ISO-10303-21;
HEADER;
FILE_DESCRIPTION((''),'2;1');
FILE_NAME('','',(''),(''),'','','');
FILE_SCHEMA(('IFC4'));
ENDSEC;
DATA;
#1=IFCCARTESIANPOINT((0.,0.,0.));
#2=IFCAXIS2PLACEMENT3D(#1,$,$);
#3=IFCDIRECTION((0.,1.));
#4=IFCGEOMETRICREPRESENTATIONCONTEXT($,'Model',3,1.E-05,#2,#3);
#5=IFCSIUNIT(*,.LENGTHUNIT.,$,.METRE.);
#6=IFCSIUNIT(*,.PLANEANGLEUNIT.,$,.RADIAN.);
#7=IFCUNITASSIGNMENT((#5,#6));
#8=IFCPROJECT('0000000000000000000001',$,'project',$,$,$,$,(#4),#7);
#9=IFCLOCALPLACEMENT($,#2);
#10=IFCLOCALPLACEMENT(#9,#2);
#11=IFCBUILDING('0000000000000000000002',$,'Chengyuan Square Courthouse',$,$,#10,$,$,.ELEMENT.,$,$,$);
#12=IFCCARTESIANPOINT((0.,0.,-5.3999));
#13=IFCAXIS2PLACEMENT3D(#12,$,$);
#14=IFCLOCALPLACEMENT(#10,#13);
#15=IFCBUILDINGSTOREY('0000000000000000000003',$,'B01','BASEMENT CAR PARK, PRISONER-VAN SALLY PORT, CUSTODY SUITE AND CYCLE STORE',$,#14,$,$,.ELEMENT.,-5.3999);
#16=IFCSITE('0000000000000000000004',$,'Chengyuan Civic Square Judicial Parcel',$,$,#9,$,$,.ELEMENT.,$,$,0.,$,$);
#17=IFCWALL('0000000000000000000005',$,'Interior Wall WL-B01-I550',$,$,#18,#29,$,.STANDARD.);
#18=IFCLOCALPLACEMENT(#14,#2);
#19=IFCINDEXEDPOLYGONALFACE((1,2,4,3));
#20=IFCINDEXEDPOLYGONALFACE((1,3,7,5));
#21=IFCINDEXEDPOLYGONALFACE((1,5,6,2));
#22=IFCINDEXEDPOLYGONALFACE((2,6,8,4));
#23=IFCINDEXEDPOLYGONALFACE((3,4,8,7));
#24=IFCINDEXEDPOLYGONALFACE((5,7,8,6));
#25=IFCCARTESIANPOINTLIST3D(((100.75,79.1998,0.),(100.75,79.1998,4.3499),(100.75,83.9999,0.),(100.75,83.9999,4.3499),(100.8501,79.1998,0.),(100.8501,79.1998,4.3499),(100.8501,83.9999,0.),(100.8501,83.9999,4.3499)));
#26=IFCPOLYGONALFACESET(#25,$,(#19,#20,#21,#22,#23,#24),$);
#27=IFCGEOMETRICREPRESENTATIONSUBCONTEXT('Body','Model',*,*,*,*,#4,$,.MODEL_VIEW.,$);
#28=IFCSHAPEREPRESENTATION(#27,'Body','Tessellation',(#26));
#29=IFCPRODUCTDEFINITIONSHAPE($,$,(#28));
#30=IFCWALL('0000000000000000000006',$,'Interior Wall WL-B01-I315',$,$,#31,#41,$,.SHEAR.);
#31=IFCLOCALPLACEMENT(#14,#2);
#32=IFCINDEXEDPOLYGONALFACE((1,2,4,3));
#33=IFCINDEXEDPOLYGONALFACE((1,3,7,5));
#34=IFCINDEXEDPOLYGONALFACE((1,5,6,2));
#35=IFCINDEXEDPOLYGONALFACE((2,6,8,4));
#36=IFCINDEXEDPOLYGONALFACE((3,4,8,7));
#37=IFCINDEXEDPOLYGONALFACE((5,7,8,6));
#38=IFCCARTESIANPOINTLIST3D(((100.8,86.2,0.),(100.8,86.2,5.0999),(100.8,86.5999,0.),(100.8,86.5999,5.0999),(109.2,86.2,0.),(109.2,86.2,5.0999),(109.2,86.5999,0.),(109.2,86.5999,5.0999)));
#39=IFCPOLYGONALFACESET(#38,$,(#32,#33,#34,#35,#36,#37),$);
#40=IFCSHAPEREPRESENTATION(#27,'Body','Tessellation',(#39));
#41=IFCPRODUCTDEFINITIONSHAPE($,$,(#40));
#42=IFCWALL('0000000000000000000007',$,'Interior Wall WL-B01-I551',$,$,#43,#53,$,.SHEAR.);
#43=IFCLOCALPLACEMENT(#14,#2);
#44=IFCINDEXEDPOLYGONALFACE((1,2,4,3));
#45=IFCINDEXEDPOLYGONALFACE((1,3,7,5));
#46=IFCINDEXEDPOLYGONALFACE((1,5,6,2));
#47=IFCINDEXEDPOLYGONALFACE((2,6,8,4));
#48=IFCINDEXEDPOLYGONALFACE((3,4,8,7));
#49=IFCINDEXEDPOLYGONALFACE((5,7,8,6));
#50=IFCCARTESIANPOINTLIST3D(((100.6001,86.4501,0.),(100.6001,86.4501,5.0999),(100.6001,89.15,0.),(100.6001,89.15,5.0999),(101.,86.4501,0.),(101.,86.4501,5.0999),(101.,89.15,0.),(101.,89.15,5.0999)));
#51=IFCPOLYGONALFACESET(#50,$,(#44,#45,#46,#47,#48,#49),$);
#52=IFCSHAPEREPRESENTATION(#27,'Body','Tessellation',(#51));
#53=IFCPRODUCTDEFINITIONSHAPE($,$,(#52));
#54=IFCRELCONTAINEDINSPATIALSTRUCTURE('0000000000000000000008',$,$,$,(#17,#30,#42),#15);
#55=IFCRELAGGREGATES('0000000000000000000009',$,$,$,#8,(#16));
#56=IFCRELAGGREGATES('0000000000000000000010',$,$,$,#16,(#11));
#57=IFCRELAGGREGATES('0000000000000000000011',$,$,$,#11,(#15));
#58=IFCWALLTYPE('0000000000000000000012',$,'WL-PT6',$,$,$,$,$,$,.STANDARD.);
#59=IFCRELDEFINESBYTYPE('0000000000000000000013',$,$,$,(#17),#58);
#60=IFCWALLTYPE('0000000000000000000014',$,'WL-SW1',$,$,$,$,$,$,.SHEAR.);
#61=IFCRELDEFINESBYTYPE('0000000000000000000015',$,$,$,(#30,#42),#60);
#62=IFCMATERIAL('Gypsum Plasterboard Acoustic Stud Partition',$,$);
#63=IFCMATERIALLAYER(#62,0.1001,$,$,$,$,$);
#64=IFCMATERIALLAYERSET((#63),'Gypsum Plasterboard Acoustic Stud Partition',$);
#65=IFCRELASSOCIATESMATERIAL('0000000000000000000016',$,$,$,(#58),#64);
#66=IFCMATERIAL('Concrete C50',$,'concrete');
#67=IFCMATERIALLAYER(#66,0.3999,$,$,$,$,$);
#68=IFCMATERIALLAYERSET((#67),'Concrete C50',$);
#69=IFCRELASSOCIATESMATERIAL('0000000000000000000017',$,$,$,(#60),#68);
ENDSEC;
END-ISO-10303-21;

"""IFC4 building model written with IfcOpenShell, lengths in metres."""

from ifc_helpers import new_model, si_unit, direction, frame, frame_2d, origin, place, context, subcontext, project, spatial, rectangle, extrude, material, layer, layer_set, type_object, element, save


model = new_model("IFC4")

# Units and contexts
model_context = context("Model", 3, precision=1e-05, world=origin(), true_north=direction((0.0, 1.0)))
body_context = subcontext(model_context, "Body", "Model", "MODEL_VIEW")
ifc_project = project(units=[si_unit("LENGTHUNIT", "METRE"), si_unit("PLANEANGLEUNIT", "RADIAN")], contexts=[model_context])

# Site, building, storey
site_placement = place(None, origin())
site = spatial("IfcSite", under=ifc_project, at=site_placement, Name="Chengyuan Civic Square Judicial Parcel", CompositionType="ELEMENT", RefElevation=0.0)
building_placement = place(site_placement, origin())
building = spatial("IfcBuilding", under=site, at=building_placement, Name="Chengyuan Square Courthouse", CompositionType="ELEMENT")
storey_placement = place(building_placement, frame((0.0, 0.0, -5.3999)))
storey = spatial("IfcBuildingStorey", under=building, at=storey_placement, Name="B01", Description="BASEMENT CAR PARK, PRISONER-VAN SALLY PORT, CUSTODY SUITE AND CYCLE STORE", CompositionType="ELEMENT", Elevation=-5.3999)

# Shared definitions
ifc_material_1 = material(Name="Concrete C50", Category="concrete")

# Walls
ifc_material_2 = material(Name="Gypsum Plasterboard Acoustic Stud Partition")
ifc_layer_1 = layer(ifc_material_2, 0.1001)
ifc_layer_set_1 = layer_set([ifc_layer_1], Name="Gypsum Plasterboard Acoustic Stud Partition")
wall_type_1 = type_object("IfcWallType", Name="WL-PT6", PredefinedType="STANDARD", material=ifc_layer_set_1)
wall_1_placement = place(storey_placement, frame((100.8, 79.2, 0.0), z_axis=(0.0, 0.0, 1.0), x_axis=(0.0, 1.0, 0.0)))
element("IfcWall", 1, at=wall_1_placement, inside=storey, type_object=wall_type_1, Name="Interior Wall WL-B01-I550", PredefinedType="STANDARD", context=body_context, shape_type="SweptSolid", body=[
    extrude(rectangle(XDim=4.8, YDim=0.1001, at=frame_2d((2.3999, 0.0))), origin(), (0.0, 0.0, 1.0), 4.3499),
])
ifc_layer_2 = layer(ifc_material_1, 0.3999)
ifc_layer_set_2 = layer_set([ifc_layer_2], Name="Concrete C50")
wall_type_2 = type_object("IfcWallType", Name="WL-SW1", PredefinedType="SHEAR", material=ifc_layer_set_2)
wall_2_placement = place(storey_placement, frame((100.8, 86.3999, 0.0), z_axis=(0.0, 0.0, 1.0), x_axis=(1.0, 0.0, 0.0)))
element("IfcWall", 2, at=wall_2_placement, inside=storey, type_object=wall_type_2, Name="Interior Wall WL-B01-I315", PredefinedType="SHEAR", context=body_context, shape_type="SweptSolid", body=[
    extrude(rectangle(XDim=8.3999, YDim=0.3999, at=frame_2d((4.2, 0.0))), origin(), (0.0, 0.0, 1.0), 5.0999),
])
wall_3_placement = place(storey_placement, frame((100.8, 86.45, 0.0), z_axis=(0.0, 0.0, 1.0), x_axis=(0.0, 1.0, 0.0)))
element("IfcWall", 3, at=wall_3_placement, inside=storey, type_object=wall_type_2, Name="Interior Wall WL-B01-I551", PredefinedType="SHEAR", context=body_context, shape_type="SweptSolid", body=[
    extrude(rectangle(XDim=2.7, YDim=0.3999, at=frame_2d((1.3501, 0.0))), origin(), (0.0, 0.0, 1.0), 5.0999),
])

save(model, "model.ifc")
